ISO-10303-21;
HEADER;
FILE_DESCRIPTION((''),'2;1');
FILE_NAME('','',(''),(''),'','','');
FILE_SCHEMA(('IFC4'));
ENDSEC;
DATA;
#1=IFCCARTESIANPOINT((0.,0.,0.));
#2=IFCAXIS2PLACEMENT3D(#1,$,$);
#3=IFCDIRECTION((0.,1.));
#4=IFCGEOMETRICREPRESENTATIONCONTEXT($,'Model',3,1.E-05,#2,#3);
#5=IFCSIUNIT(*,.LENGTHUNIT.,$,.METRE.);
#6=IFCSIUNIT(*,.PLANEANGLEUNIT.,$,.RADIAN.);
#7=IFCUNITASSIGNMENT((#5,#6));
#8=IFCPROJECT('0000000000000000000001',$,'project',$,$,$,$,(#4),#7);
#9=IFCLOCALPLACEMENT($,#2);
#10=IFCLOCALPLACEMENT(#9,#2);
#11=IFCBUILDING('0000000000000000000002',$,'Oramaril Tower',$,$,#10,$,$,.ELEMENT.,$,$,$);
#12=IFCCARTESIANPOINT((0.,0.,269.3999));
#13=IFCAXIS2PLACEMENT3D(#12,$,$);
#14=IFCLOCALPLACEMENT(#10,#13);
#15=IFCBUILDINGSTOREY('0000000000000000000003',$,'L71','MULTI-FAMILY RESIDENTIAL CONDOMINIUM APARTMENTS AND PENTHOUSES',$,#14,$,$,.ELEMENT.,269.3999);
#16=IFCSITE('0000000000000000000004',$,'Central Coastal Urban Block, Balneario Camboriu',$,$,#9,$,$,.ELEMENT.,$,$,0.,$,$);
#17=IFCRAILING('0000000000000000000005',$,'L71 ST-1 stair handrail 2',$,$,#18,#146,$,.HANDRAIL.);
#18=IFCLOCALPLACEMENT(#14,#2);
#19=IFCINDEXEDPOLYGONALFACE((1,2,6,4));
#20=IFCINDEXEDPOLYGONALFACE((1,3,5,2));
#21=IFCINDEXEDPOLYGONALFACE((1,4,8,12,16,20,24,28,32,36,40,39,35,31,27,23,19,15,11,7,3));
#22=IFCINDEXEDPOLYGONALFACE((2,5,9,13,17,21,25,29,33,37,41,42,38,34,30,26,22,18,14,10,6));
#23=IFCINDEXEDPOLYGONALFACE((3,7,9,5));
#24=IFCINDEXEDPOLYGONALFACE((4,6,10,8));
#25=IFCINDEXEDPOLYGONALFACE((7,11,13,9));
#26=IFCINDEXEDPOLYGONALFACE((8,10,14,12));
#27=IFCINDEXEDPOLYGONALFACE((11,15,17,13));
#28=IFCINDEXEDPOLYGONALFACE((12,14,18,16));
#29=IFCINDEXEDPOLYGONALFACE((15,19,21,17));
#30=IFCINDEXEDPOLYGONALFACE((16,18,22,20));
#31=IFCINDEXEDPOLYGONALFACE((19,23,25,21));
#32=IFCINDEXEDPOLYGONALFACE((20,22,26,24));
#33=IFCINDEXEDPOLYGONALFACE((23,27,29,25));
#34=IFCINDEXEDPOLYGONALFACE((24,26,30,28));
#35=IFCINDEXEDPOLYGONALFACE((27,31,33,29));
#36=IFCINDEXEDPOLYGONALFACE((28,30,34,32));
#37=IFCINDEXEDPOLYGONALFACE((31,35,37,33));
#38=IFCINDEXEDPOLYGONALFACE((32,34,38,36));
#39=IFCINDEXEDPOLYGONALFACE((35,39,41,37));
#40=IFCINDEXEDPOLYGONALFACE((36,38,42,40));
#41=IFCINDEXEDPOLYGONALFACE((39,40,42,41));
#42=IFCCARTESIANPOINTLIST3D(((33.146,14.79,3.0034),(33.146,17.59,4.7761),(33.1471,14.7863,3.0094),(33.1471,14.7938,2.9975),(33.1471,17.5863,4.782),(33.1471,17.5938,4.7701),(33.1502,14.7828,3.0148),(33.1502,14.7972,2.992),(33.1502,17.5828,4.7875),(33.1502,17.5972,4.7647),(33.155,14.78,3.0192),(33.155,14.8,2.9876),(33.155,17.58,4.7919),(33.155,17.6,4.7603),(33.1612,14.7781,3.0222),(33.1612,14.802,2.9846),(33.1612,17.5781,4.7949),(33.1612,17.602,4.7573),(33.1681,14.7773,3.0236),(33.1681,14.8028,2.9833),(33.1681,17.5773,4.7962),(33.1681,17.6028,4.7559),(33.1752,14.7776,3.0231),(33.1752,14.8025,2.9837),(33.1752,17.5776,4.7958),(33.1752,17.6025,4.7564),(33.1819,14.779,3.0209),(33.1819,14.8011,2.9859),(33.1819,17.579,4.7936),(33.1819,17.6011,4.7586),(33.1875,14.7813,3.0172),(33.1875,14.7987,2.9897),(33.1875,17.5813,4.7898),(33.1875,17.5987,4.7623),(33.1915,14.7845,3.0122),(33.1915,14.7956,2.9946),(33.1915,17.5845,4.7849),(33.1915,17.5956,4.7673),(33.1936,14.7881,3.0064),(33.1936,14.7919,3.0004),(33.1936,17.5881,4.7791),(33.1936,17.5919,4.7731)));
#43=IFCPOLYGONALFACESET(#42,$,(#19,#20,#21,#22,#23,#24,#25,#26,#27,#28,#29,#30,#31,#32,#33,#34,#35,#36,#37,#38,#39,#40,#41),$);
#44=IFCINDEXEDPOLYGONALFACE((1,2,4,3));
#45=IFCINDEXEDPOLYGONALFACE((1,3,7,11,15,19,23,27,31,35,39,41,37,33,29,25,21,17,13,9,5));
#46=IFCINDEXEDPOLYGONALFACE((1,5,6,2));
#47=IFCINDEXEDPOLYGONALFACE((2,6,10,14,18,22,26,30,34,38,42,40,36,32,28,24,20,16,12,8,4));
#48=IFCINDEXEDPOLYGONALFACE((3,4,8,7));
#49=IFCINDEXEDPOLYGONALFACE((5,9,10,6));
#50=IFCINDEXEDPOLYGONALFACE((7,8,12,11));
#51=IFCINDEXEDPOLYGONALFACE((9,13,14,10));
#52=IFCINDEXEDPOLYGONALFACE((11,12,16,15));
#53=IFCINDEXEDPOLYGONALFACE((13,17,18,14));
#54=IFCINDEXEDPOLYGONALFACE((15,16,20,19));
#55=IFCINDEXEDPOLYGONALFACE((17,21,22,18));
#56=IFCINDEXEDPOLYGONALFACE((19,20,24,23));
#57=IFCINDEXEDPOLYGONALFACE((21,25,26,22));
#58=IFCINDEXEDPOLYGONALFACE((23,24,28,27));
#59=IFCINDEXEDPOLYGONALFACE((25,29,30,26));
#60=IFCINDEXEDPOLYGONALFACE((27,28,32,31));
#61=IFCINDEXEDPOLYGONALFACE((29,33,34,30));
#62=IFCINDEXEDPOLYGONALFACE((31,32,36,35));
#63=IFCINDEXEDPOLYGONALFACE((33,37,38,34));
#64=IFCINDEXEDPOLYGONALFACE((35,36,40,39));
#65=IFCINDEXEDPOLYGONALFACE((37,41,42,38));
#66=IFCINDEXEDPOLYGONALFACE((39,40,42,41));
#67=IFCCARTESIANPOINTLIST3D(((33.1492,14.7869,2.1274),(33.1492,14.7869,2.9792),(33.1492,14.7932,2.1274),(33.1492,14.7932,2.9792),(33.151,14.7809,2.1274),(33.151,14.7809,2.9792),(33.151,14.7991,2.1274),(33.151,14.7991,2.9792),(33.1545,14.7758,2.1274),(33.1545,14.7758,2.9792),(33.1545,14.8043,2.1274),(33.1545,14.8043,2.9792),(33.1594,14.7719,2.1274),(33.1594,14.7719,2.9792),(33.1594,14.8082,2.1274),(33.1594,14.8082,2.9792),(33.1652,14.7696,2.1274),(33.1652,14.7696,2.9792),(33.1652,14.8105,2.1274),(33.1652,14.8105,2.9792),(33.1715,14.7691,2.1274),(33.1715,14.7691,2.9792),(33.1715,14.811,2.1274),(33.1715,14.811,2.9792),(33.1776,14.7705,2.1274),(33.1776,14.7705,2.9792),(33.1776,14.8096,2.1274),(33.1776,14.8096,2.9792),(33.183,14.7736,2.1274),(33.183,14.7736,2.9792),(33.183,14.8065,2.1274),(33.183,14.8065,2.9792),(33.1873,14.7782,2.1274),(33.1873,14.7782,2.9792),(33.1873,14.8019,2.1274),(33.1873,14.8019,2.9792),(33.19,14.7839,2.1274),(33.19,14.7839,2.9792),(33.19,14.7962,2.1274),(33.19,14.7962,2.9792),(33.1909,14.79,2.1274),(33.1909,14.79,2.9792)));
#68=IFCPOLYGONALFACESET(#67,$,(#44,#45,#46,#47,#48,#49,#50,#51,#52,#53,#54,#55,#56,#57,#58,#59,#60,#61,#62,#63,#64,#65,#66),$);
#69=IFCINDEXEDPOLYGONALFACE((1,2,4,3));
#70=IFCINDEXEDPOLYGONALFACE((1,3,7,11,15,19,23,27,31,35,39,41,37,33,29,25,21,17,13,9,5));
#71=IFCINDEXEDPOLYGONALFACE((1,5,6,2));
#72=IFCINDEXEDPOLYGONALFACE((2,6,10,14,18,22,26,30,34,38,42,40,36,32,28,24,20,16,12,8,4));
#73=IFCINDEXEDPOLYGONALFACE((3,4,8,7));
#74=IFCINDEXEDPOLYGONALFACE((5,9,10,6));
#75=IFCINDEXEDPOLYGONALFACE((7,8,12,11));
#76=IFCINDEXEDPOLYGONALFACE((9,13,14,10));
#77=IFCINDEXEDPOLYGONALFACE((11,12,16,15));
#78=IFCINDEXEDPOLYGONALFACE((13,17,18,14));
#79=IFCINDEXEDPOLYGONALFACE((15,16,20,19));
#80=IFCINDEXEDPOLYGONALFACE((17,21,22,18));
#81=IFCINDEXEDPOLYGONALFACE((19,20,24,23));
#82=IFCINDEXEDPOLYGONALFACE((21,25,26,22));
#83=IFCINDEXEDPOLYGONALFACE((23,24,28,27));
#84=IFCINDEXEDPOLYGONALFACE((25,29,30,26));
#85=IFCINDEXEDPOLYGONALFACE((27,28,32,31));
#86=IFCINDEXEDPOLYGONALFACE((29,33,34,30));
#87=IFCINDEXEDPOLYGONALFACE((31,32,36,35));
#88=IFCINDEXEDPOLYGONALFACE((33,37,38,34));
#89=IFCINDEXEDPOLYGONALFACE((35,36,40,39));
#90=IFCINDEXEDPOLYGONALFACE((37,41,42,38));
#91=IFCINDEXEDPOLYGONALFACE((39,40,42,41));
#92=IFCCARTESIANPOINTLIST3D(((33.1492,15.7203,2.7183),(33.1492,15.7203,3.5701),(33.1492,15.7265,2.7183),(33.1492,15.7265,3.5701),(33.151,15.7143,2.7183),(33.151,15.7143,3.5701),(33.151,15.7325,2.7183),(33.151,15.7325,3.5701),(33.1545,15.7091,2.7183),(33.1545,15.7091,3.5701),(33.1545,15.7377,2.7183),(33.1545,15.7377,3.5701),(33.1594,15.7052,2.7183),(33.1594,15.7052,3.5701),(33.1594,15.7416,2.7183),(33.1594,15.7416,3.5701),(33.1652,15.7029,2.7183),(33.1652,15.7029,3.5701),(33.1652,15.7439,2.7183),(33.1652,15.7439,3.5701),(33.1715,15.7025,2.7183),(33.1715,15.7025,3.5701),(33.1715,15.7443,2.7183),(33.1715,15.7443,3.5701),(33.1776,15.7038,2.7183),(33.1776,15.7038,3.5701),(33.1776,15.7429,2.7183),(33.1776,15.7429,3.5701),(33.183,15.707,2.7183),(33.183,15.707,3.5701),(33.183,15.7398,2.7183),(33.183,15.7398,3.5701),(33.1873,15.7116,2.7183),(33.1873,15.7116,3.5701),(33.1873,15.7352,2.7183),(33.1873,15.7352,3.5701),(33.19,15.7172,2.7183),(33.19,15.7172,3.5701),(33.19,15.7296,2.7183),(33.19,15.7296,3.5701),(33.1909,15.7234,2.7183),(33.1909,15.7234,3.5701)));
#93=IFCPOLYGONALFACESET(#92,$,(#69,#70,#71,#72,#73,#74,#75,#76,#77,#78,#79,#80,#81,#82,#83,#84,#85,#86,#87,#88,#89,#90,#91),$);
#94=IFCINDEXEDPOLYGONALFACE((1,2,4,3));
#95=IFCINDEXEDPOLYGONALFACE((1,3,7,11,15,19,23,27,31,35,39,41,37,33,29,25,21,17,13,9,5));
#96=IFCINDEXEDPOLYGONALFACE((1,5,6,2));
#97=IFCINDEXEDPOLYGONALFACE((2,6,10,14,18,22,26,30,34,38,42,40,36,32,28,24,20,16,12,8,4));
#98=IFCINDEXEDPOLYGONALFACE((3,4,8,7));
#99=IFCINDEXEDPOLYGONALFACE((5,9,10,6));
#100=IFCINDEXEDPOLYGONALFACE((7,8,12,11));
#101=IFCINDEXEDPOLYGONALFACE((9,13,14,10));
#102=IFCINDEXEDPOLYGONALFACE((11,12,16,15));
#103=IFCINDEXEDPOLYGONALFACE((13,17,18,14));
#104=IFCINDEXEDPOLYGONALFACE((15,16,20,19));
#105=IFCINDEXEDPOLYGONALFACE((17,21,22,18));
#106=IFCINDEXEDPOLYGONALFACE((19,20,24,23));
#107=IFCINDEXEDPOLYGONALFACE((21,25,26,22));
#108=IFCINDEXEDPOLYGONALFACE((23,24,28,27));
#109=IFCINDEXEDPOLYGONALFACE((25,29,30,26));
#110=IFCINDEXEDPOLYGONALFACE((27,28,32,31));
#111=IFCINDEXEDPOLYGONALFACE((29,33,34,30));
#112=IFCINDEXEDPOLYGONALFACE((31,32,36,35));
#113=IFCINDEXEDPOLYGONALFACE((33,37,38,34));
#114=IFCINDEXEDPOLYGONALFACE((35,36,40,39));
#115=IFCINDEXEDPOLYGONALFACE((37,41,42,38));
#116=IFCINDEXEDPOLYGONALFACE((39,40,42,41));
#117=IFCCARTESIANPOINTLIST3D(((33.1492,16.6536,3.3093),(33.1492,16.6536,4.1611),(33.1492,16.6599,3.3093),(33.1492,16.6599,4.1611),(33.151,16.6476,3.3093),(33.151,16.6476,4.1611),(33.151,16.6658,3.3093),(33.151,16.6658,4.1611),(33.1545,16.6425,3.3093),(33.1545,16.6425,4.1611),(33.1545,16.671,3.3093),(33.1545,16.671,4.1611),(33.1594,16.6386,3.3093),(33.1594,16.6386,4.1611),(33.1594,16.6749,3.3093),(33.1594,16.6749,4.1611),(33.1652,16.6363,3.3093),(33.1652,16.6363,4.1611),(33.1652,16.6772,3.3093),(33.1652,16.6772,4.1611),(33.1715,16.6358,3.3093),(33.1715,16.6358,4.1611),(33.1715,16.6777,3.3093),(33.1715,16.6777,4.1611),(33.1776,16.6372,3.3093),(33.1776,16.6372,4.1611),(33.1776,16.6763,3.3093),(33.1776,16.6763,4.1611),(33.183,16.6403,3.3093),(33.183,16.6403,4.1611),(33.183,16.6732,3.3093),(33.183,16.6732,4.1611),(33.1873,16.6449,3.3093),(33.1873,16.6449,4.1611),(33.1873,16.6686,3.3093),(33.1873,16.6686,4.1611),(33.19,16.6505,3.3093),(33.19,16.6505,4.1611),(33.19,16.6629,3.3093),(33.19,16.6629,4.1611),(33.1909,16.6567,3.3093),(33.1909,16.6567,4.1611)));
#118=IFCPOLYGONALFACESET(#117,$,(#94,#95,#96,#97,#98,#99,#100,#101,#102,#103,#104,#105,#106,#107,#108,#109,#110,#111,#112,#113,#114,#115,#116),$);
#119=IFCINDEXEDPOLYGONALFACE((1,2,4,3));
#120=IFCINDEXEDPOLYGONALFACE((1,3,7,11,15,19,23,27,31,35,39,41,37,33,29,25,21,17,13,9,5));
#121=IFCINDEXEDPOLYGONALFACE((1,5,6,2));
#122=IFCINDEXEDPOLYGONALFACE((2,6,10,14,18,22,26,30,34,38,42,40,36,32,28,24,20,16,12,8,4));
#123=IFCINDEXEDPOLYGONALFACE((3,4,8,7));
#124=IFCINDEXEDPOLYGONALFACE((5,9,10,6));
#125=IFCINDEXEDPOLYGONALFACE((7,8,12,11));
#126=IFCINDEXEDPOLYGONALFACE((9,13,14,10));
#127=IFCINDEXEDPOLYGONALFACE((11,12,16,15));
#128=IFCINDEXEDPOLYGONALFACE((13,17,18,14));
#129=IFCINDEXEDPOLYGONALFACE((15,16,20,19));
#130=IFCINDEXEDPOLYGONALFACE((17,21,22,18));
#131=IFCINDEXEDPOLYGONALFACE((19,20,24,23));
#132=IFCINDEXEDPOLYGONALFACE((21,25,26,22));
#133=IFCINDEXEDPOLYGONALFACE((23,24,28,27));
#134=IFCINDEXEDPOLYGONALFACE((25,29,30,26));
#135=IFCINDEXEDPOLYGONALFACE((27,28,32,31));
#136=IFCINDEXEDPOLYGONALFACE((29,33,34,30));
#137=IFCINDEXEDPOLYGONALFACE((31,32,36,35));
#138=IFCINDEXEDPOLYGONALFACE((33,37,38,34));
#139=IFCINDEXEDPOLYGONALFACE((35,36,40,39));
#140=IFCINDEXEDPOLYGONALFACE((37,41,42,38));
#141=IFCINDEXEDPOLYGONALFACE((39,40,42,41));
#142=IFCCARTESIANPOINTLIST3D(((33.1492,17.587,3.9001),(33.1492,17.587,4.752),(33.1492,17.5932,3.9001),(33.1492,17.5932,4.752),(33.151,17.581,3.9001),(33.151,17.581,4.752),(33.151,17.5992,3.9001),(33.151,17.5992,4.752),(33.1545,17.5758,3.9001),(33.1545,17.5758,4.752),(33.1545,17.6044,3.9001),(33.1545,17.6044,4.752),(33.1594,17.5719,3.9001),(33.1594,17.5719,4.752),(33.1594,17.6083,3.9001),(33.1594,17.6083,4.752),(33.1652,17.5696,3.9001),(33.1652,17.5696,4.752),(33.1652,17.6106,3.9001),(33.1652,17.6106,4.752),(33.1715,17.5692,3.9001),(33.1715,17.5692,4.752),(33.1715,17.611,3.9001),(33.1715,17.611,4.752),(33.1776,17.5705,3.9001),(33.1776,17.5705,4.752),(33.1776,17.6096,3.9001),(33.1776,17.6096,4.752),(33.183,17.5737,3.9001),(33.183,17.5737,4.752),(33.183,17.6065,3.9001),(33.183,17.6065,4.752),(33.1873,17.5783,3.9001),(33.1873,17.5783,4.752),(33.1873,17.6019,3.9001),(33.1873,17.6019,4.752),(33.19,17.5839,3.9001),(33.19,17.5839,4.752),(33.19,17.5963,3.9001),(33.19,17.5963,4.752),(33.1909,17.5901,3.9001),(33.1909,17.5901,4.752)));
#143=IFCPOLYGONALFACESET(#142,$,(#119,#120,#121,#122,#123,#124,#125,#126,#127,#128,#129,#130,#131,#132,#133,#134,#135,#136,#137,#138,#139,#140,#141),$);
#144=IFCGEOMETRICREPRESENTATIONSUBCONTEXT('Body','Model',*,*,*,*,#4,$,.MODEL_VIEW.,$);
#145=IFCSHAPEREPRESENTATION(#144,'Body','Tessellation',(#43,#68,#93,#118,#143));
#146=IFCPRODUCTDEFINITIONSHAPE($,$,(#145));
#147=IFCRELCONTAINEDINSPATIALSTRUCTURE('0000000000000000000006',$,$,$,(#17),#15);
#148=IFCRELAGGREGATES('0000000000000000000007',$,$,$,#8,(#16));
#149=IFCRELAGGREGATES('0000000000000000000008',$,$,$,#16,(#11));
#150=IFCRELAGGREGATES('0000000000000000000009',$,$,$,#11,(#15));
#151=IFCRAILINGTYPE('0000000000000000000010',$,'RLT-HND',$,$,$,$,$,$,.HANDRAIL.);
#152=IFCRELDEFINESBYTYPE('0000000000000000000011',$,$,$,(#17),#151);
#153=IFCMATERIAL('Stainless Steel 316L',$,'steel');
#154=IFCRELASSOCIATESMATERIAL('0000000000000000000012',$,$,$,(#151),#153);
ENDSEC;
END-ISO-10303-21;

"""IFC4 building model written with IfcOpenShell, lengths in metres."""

from ifc_helpers import new_model, si_unit, direction, frame, origin, origin_2d, place, context, subcontext, project, spatial, circle, extrude, material, type_object, element, save


model = new_model("IFC4")

# Units and contexts
model_context = context("Model", 3, precision=1e-05, world=origin(), true_north=direction((0.0, 1.0)))
body_context = subcontext(model_context, "Body", "Model", "MODEL_VIEW")
ifc_project = project(units=[si_unit("LENGTHUNIT", "METRE"), si_unit("PLANEANGLEUNIT", "RADIAN")], contexts=[model_context])

# Site, building, storey
site_placement = place(None, origin())
site = spatial("IfcSite", under=ifc_project, at=site_placement, Name="Central Coastal Urban Block, Balneario Camboriu", CompositionType="ELEMENT", RefElevation=0.0)
building_placement = place(site_placement, origin())
building = spatial("IfcBuilding", under=site, at=building_placement, Name="Oramaril Tower", CompositionType="ELEMENT")
storey_placement = place(building_placement, frame((0.0, 0.0, 269.3999)))
storey = spatial("IfcBuildingStorey", under=building, at=storey_placement, Name="L71", Description="MULTI-FAMILY RESIDENTIAL CONDOMINIUM APARTMENTS AND PENTHOUSES", CompositionType="ELEMENT", Elevation=269.3999)

# Railing
ifc_material_1 = material(Name="Stainless Steel 316L", Category="steel")
railing_type_1 = type_object("IfcRailingType", Name="RLT-HND", PredefinedType="HANDRAIL", material=ifc_material_1)
railing_1_placement = place(storey_placement, frame((33.1699, 14.79, 2.1274)))
element("IfcRailing", 1, at=railing_1_placement, inside=storey, type_object=railing_type_1, Name="L71 ST-1 stair handrail 2", PredefinedType="HANDRAIL", context=body_context, shape_type="SweptSolid", body=[
    extrude(circle(Radius=0.0239, at=origin_2d()), frame((0.0, 0.0, 0.876), z_axis=(0.0, 0.844909, 0.53491), x_axis=(-1.0, 0.0, 0.0)), (0.0, 0.0, 1.0), 3.314),
    extrude(circle(Radius=0.021, at=origin_2d()), origin(), (0.0, 0.0, 1.0), 0.8518),
    extrude(circle(Radius=0.021, at=origin_2d()), frame((0.0, 0.9333, 0.5908)), (0.0, 0.0, 1.0), 0.8518),
    extrude(circle(Radius=0.021, at=origin_2d()), frame((0.0, 1.8667, 1.1819)), (0.0, 0.0, 1.0), 0.8518),
    extrude(circle(Radius=0.021, at=origin_2d()), frame((0.0, 2.8, 1.7727)), (0.0, 0.0, 1.0), 0.8518),
])

save(model, "model.ifc")
